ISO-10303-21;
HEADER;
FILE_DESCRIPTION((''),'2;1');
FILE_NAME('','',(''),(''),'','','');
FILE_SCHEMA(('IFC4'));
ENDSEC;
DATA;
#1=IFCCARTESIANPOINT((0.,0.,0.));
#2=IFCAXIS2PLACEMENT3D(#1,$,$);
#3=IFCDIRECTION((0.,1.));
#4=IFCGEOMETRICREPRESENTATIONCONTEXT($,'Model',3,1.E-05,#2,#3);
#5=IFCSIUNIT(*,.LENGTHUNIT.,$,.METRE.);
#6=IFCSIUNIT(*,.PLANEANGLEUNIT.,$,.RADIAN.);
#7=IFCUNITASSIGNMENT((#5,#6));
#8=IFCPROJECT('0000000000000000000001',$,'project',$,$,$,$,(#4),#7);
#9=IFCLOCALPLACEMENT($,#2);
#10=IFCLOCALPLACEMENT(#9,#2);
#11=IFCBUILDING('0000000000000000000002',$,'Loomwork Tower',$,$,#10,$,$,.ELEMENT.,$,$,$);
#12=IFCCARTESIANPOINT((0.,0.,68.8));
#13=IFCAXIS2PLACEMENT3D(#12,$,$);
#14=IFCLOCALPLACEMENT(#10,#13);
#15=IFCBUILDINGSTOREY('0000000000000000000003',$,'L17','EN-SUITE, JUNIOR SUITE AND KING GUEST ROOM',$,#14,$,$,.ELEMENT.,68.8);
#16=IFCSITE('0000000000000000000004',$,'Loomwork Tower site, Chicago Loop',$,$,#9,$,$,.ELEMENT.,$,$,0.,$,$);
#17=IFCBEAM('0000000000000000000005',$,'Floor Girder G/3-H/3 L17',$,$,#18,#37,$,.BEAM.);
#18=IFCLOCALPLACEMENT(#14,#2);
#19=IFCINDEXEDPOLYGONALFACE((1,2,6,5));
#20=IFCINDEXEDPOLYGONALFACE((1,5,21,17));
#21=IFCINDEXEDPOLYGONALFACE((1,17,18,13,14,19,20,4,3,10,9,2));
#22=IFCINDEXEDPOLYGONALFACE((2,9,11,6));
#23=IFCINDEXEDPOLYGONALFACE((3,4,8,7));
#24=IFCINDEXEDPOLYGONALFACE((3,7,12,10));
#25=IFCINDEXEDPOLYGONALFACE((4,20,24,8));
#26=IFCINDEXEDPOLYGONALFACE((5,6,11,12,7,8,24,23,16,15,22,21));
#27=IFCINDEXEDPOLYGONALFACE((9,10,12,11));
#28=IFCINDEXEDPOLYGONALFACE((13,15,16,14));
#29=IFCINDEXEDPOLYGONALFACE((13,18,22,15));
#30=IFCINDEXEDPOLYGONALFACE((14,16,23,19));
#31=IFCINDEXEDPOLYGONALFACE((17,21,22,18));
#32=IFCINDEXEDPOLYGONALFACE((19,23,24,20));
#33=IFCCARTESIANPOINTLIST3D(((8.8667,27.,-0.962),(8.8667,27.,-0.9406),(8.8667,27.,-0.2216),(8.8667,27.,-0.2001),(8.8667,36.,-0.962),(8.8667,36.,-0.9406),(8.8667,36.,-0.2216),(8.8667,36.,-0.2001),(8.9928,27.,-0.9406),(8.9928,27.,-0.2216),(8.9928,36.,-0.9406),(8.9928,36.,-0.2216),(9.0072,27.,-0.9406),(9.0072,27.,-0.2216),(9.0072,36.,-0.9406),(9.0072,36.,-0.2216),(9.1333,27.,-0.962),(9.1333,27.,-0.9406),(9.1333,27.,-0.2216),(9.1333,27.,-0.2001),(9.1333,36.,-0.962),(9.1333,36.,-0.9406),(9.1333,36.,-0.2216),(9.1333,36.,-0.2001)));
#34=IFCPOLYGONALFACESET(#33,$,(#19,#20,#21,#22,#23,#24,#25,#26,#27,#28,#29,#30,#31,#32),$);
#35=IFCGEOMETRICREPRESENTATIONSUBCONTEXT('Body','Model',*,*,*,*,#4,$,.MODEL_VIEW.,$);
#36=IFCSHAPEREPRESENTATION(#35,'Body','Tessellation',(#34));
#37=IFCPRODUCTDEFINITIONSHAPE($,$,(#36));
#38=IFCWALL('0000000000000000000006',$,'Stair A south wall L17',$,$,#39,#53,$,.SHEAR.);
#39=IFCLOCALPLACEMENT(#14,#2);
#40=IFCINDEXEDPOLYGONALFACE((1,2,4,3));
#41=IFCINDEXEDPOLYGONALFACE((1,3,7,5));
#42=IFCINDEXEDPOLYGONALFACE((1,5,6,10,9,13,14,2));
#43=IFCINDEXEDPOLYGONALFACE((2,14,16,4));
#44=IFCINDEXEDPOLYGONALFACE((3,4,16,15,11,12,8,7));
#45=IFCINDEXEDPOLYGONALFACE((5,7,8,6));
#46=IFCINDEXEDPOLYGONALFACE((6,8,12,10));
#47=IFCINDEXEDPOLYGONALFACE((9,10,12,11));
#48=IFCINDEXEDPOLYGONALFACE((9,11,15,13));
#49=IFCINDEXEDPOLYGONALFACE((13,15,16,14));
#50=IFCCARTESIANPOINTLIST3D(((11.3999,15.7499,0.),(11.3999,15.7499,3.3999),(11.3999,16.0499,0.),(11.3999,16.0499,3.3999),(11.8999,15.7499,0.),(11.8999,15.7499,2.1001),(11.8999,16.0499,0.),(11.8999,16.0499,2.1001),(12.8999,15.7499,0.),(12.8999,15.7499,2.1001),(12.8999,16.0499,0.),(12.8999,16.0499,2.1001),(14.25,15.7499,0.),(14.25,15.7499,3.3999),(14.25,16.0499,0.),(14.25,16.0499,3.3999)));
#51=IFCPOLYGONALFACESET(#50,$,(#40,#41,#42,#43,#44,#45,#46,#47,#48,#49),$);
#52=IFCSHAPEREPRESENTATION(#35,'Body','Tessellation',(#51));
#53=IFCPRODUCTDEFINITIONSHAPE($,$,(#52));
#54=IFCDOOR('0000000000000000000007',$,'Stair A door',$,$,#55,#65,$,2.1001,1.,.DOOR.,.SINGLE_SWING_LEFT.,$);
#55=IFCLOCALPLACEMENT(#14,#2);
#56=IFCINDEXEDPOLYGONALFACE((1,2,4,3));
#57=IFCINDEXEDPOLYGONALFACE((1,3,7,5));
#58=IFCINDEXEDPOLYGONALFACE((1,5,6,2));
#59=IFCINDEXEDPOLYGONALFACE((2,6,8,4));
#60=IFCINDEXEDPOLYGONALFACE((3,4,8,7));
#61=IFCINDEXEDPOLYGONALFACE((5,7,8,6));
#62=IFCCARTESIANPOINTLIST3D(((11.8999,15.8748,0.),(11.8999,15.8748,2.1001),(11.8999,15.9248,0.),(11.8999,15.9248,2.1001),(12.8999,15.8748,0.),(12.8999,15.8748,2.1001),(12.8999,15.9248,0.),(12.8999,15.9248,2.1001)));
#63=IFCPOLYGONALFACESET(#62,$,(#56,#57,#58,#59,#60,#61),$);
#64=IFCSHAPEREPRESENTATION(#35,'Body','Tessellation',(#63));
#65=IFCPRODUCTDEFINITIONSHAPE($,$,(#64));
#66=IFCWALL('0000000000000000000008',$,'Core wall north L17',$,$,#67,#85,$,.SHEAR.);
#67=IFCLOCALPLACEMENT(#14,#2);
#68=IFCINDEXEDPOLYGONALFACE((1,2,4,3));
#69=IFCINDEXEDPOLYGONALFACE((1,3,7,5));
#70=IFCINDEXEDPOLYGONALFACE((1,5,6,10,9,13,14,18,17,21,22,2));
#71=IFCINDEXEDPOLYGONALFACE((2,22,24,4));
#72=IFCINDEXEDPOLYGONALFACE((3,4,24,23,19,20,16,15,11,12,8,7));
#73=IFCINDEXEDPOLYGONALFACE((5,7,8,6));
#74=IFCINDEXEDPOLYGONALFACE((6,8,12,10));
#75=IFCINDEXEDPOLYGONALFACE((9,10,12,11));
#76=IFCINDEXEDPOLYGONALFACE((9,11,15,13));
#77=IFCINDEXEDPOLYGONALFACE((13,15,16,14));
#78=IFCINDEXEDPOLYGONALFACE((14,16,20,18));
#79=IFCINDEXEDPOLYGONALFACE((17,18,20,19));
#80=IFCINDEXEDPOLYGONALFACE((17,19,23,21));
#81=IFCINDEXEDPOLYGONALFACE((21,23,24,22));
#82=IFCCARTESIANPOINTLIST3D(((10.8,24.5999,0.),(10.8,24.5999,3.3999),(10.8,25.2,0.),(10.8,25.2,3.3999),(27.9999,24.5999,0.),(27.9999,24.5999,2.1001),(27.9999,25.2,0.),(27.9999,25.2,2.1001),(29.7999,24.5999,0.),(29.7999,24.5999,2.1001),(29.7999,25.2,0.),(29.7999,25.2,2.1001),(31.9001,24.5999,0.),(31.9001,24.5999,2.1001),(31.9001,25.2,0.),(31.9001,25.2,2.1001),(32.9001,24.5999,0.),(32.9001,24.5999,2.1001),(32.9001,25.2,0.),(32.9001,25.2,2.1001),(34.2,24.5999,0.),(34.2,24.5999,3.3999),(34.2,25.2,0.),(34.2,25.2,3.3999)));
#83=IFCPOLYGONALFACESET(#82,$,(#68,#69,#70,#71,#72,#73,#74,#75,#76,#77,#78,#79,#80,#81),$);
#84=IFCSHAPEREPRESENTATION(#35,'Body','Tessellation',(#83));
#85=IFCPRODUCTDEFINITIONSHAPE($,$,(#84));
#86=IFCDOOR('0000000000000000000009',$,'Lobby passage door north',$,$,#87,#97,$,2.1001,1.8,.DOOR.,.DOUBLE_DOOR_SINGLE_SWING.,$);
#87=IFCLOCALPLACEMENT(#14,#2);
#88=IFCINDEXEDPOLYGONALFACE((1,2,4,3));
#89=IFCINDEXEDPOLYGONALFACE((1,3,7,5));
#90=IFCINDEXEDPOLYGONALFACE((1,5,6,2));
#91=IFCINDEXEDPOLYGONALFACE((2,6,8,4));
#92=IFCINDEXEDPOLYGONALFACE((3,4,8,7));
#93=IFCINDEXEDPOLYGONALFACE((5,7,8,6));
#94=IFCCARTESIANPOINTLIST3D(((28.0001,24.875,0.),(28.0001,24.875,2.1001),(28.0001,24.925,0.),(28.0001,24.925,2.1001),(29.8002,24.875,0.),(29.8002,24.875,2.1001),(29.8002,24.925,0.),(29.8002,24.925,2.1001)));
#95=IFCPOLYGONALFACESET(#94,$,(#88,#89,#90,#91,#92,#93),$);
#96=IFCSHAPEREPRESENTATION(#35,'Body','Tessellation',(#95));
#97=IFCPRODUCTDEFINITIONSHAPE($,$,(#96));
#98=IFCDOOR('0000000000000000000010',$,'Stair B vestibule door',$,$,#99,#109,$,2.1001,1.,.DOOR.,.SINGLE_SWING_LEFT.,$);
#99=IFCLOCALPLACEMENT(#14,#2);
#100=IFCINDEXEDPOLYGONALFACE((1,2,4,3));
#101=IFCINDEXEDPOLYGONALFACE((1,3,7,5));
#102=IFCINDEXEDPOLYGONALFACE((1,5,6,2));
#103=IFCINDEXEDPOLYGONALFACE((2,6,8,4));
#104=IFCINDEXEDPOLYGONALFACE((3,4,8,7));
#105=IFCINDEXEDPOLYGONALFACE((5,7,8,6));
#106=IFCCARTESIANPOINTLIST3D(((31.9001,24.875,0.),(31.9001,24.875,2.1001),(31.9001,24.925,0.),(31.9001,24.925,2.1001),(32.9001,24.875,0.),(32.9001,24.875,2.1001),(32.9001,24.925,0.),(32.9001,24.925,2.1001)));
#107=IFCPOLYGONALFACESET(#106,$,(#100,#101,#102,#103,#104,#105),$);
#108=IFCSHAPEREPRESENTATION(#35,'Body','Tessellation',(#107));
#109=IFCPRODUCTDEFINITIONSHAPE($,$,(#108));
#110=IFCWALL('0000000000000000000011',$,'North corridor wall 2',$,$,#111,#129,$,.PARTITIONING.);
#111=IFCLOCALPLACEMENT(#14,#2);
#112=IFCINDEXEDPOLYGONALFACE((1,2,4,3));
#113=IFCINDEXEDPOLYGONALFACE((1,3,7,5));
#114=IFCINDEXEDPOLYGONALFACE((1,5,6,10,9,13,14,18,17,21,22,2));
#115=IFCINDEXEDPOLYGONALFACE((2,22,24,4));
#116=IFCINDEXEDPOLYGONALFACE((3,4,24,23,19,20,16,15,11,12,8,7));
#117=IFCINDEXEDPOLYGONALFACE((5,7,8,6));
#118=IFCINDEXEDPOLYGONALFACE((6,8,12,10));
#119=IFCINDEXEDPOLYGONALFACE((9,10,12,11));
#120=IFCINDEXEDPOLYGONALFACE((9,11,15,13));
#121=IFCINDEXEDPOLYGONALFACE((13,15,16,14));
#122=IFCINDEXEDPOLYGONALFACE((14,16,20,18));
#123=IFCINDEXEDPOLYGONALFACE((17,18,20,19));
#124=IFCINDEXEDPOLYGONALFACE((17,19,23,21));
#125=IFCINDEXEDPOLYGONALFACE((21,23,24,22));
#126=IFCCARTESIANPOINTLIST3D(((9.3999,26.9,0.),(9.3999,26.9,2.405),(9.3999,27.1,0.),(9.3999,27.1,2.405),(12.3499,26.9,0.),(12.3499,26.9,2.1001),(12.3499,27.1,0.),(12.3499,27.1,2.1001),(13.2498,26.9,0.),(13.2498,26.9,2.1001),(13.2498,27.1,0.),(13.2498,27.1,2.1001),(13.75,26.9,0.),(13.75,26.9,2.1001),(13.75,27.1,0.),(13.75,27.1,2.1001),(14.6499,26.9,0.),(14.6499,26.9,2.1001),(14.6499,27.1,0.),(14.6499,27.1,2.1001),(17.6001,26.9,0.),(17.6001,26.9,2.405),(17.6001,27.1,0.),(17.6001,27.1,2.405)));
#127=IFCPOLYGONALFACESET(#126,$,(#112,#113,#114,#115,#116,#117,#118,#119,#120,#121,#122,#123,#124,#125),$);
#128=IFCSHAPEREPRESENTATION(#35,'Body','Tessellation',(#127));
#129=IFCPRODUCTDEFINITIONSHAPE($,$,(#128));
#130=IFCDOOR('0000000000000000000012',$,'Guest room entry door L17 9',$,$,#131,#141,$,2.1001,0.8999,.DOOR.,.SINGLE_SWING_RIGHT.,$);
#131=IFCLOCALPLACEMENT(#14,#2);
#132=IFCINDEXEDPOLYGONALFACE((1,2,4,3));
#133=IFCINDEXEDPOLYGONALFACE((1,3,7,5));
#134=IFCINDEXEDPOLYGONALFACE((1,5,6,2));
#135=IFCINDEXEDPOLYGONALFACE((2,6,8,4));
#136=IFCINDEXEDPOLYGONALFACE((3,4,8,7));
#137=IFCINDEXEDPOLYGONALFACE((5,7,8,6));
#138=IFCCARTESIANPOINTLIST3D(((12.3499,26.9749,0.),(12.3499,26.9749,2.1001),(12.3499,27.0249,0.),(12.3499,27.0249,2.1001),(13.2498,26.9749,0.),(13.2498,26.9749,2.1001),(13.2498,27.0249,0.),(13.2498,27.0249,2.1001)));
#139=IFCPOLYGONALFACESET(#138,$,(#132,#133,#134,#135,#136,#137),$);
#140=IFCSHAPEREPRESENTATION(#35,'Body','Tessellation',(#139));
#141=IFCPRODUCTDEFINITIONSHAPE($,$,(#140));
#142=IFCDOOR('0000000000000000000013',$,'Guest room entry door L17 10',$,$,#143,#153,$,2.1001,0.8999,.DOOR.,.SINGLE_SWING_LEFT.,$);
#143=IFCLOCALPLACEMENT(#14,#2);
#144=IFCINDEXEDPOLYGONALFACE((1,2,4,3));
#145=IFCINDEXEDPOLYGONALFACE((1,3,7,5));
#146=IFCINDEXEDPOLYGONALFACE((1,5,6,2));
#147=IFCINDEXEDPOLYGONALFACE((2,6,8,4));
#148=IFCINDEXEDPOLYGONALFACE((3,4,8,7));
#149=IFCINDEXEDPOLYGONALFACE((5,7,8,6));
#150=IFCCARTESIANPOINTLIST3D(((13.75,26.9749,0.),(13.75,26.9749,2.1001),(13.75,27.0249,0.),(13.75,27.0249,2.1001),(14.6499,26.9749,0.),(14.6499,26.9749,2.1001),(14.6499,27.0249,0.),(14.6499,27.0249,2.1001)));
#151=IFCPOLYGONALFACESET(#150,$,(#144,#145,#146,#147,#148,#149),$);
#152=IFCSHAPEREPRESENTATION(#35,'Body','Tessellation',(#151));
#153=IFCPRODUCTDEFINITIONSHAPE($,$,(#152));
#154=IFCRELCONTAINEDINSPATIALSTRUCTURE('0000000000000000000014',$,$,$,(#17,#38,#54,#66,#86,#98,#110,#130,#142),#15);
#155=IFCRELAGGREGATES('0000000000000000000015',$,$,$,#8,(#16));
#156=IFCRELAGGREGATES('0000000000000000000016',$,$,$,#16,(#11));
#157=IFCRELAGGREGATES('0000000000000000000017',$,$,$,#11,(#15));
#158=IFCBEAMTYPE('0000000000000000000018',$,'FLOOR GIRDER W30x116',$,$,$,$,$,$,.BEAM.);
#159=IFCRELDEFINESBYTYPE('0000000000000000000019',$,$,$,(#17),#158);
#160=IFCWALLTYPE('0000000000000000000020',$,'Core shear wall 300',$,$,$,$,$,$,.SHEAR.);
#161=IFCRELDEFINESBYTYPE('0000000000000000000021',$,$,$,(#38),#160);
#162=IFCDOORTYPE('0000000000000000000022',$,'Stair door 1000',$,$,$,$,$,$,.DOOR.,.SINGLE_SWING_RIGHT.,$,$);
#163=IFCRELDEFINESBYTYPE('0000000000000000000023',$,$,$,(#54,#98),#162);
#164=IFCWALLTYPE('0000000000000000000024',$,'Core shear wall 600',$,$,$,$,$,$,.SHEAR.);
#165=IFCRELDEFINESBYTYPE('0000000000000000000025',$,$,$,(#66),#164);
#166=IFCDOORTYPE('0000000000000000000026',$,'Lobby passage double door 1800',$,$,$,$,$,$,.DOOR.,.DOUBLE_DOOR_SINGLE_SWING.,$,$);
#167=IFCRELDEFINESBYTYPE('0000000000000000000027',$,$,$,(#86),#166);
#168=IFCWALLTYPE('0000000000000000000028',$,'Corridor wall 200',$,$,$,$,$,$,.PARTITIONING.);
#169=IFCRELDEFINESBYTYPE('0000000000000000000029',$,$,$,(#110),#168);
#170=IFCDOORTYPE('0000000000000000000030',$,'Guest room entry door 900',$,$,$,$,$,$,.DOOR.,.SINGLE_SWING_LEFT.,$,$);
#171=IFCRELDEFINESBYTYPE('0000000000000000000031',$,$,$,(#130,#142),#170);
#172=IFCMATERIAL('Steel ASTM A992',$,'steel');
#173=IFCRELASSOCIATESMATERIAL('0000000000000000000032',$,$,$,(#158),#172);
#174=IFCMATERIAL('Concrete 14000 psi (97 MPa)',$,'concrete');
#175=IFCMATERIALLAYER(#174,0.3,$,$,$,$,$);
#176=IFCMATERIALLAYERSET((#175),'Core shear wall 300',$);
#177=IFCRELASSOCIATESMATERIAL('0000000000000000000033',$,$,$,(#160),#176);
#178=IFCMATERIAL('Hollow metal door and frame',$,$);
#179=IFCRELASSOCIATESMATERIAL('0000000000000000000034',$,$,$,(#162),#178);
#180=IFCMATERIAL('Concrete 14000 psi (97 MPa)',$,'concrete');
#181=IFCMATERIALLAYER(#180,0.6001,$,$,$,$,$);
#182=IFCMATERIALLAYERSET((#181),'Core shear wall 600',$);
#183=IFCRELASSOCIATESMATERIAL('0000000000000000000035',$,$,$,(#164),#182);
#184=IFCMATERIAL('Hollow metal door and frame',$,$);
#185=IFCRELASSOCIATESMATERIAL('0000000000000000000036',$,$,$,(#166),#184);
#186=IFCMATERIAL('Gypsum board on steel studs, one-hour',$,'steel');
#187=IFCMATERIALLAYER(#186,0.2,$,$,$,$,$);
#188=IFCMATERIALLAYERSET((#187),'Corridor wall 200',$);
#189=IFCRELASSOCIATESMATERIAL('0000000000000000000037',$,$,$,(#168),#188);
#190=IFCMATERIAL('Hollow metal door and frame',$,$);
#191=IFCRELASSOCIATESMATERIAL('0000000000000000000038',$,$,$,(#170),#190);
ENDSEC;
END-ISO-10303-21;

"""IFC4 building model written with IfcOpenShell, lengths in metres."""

from ifc_helpers import new_model, si_unit, direction, frame, frame_2d, origin, origin_2d, place, context, subcontext, project, spatial, rectangle, i_section, extrude, material, layer, layer_set, material_profile, profile_set, type_object, element, fill, save


model = new_model("IFC4")

# Units and contexts
model_context = context("Model", 3, precision=1e-05, world=origin(), true_north=direction((0.0, 1.0)))
body_context = subcontext(model_context, "Body", "Model", "MODEL_VIEW")
ifc_project = project(units=[si_unit("LENGTHUNIT", "METRE"), si_unit("PLANEANGLEUNIT", "RADIAN")], contexts=[model_context])

# Site, building, storey
site_placement = place(None, origin())
site = spatial("IfcSite", under=ifc_project, at=site_placement, Name="Loomwork Tower site, Chicago Loop", CompositionType="ELEMENT", RefElevation=0.0)
building_placement = place(site_placement, origin())
building = spatial("IfcBuilding", under=site, at=building_placement, Name="Loomwork Tower", CompositionType="ELEMENT")
storey_placement = place(building_placement, frame((0.0, 0.0, 68.8)))
storey = spatial("IfcBuildingStorey", under=building, at=storey_placement, Name="L17", Description="EN-SUITE, JUNIOR SUITE AND KING GUEST ROOM", CompositionType="ELEMENT", Elevation=68.8)

# Beam
ifc_material_1 = material(Name="Steel ASTM A992", Category="steel")
ifc_material_profile = material_profile(ifc_material_1, i_section(OverallWidth=0.2666, OverallDepth=0.762, WebThickness=0.0144, FlangeThickness=0.0215, at=origin_2d()), Name="W30x116")
ifc_profile_set = profile_set([ifc_material_profile], Name="Steel ASTM A992")
beam_type = type_object("IfcBeamType", Name="FLOOR GIRDER W30x116", PredefinedType="BEAM", material=ifc_profile_set)
beam_placement = place(storey_placement, frame((9.0, 27.0, -0.5811), z_axis=(0.0, 1.0, 0.0), x_axis=(-1.0, 0.0, 0.0)))
element("IfcBeam", 1, at=beam_placement, inside=storey, type_object=beam_type, Name="Floor Girder G/3-H/3 L17", PredefinedType="BEAM", context=body_context, shape_type="SweptSolid", body=[
    extrude(i_section(OverallWidth=0.2666, OverallDepth=0.762, WebThickness=0.0144, FlangeThickness=0.0215, at=origin_2d()), origin(), (0.0, 0.0, 1.0), 9.0),
])

# Wall, opening, door
ifc_material_2 = material(Name="Concrete 14000 psi (97 MPa)", Category="concrete")
ifc_layer_1 = layer(ifc_material_2, 0.3)
ifc_layer_set_1 = layer_set([ifc_layer_1], Name="Core shear wall 300")
wall_type_1 = type_object("IfcWallType", Name="Core shear wall 300", PredefinedType="SHEAR", material=ifc_layer_set_1)
wall_1_placement = place(storey_placement, frame((11.3999, 15.8999, 0.0), z_axis=(0.0, 0.0, 1.0), x_axis=(1.0, 0.0, 0.0)))
wall_1 = element("IfcWall", 2, at=wall_1_placement, inside=storey, type_object=wall_type_1, Name="Stair A south wall L17", PredefinedType="SHEAR", context=body_context, shape_type="SweptSolid", body=[
    extrude(rectangle(XDim=2.8501, YDim=0.3, at=frame_2d((1.425, 0.0))), origin(), (0.0, 0.0, 1.0), 3.3999),
])
opening_1_placement = place(wall_1_placement, frame((0.5, 0.0, 0.0)))
opening_1 = element("IfcOpeningElement", 3, at=opening_1_placement, cuts=wall_1, PredefinedType="OPENING", context=body_context, shape_type="SweptSolid", body=[
    extrude(rectangle(XDim=1.0, YDim=2.1001, at=frame_2d((0.5, 1.05))), frame((0.0, 0.1599, 0.0), z_axis=(0.0, -1.0, 0.0), x_axis=(1.0, 0.0, 0.0)), (0.0, 0.0, 1.0), 0.3201),
])
ifc_material_3 = material(Name="Hollow metal door and frame")
door_type_1 = type_object("IfcDoorType", Name="Stair door 1000", OperationType="SINGLE_SWING_RIGHT", PredefinedType="DOOR", material=ifc_material_3)
door_1_placement = place(opening_1_placement, origin())
door_1 = element("IfcDoor", 4, at=door_1_placement, inside=storey, type_object=door_type_1, Name="Stair A door", OperationType="SINGLE_SWING_LEFT", OverallHeight=2.1001, OverallWidth=1.0, PredefinedType="DOOR", context=body_context, shape_type="SweptSolid", body=[
    extrude(rectangle(XDim=1.0, YDim=2.1001, at=frame_2d((0.5, 1.05))), frame((0.0, 0.0249, 0.0), z_axis=(0.0, -1.0, 0.0), x_axis=(1.0, 0.0, 0.0)), (0.0, 0.0, 1.0), 0.05),
])
fill(opening_1, door_1)

# Walls, openings, doors
ifc_material_4 = material(Name="Concrete 14000 psi (97 MPa)", Category="concrete")
ifc_layer_2 = layer(ifc_material_4, 0.6001)
ifc_layer_set_2 = layer_set([ifc_layer_2], Name="Core shear wall 600")
wall_type_2 = type_object("IfcWallType", Name="Core shear wall 600", PredefinedType="SHEAR", material=ifc_layer_set_2)
wall_2_placement = place(storey_placement, frame((10.8, 24.8999, 0.0), z_axis=(0.0, 0.0, 1.0), x_axis=(1.0, 0.0, 0.0)))
wall_2 = element("IfcWall", 5, at=wall_2_placement, inside=storey, type_object=wall_type_2, Name="Core wall north L17", PredefinedType="SHEAR", context=body_context, shape_type="SweptSolid", body=[
    extrude(rectangle(XDim=23.3999, YDim=0.6001, at=frame_2d((11.7, 0.0))), origin(), (0.0, 0.0, 1.0), 3.3999),
])
opening_2_placement = place(wall_2_placement, frame((17.2, 0.0, 0.0)))
opening_2 = element("IfcOpeningElement", 6, at=opening_2_placement, cuts=wall_2, PredefinedType="OPENING", context=body_context, shape_type="SweptSolid", body=[
    extrude(rectangle(XDim=1.8, YDim=2.1001, at=frame_2d((0.8999, 1.05))), frame((0.0, 0.3101, 0.0), z_axis=(0.0, -1.0, 0.0), x_axis=(1.0, 0.0, 0.0)), (0.0, 0.0, 1.0), 0.6201),
])
opening_3_placement = place(wall_2_placement, frame((21.1001, 0.0, 0.0)))
opening_3 = element("IfcOpeningElement", 7, at=opening_3_placement, cuts=wall_2, PredefinedType="OPENING", context=body_context, shape_type="SweptSolid", body=[
    extrude(rectangle(XDim=1.0, YDim=2.1001, at=frame_2d((0.5, 1.05))), frame((0.0, 0.3101, 0.0), z_axis=(0.0, -1.0, 0.0), x_axis=(1.0, 0.0, 0.0)), (0.0, 0.0, 1.0), 0.6201),
])
ifc_material_5 = material(Name="Hollow metal door and frame")
door_type_2 = type_object("IfcDoorType", Name="Lobby passage double door 1800", OperationType="DOUBLE_DOOR_SINGLE_SWING", PredefinedType="DOOR", material=ifc_material_5)
door_2_placement = place(opening_2_placement, frame((1.8, 0.0, 0.0), z_axis=(0.0, 0.0, 1.0), x_axis=(-1.0, 0.0, 0.0)))
door_2 = element("IfcDoor", 8, at=door_2_placement, inside=storey, type_object=door_type_2, Name="Lobby passage door north", OperationType="DOUBLE_DOOR_SINGLE_SWING", OverallHeight=2.1001, OverallWidth=1.8, PredefinedType="DOOR", context=body_context, shape_type="SweptSolid", body=[
    extrude(rectangle(XDim=1.8, YDim=2.1001, at=frame_2d((0.8999, 1.05))), frame((0.0, 0.0249, 0.0), z_axis=(0.0, -1.0, 0.0), x_axis=(1.0, 0.0, 0.0)), (0.0, 0.0, 1.0), 0.05),
])
fill(opening_2, door_2)
door_3_placement = place(opening_3_placement, frame((1.0, 0.0, 0.0), z_axis=(0.0, 0.0, 1.0), x_axis=(-1.0, 0.0, 0.0)))
door_3 = element("IfcDoor", 9, at=door_3_placement, inside=storey, type_object=door_type_1, Name="Stair B vestibule door", OperationType="SINGLE_SWING_LEFT", OverallHeight=2.1001, OverallWidth=1.0, PredefinedType="DOOR", context=body_context, shape_type="SweptSolid", body=[
    extrude(rectangle(XDim=1.0, YDim=2.1001, at=frame_2d((0.5, 1.05))), frame((0.0, 0.0249, 0.0), z_axis=(0.0, -1.0, 0.0), x_axis=(1.0, 0.0, 0.0)), (0.0, 0.0, 1.0), 0.05),
])
fill(opening_3, door_3)
ifc_material_6 = material(Name="Gypsum board on steel studs, one-hour", Category="steel")
ifc_layer_3 = layer(ifc_material_6, 0.2)
ifc_layer_set_3 = layer_set([ifc_layer_3], Name="Corridor wall 200")
wall_type_3 = type_object("IfcWallType", Name="Corridor wall 200", PredefinedType="PARTITIONING", material=ifc_layer_set_3)
wall_3_placement = place(storey_placement, frame((9.3999, 27.0, 0.0), z_axis=(0.0, 0.0, 1.0), x_axis=(1.0, 0.0, 0.0)))
wall_3 = element("IfcWall", 10, at=wall_3_placement, inside=storey, type_object=wall_type_3, Name="North corridor wall 2", PredefinedType="PARTITIONING", context=body_context, shape_type="SweptSolid", body=[
    extrude(rectangle(XDim=8.2002, YDim=0.2, at=frame_2d((4.1001, 0.0))), origin(), (0.0, 0.0, 1.0), 2.405),
])
opening_4_placement = place(wall_3_placement, frame((2.95, 0.0, 0.0)))
opening_4 = element("IfcOpeningElement", 11, at=opening_4_placement, cuts=wall_3, PredefinedType="OPENING", context=body_context, shape_type="SweptSolid", body=[
    extrude(rectangle(XDim=0.8999, YDim=2.1001, at=frame_2d((0.45, 1.05))), frame((0.0, 0.1099, 0.0), z_axis=(0.0, -1.0, 0.0), x_axis=(1.0, 0.0, 0.0)), (0.0, 0.0, 1.0), 0.22),
])
opening_5_placement = place(wall_3_placement, frame((4.3501, 0.0, 0.0)))
opening_5 = element("IfcOpeningElement", 12, at=opening_5_placement, cuts=wall_3, PredefinedType="OPENING", context=body_context, shape_type="SweptSolid", body=[
    extrude(rectangle(XDim=0.8999, YDim=2.1001, at=frame_2d((0.45, 1.05))), frame((0.0, 0.1099, 0.0), z_axis=(0.0, -1.0, 0.0), x_axis=(1.0, 0.0, 0.0)), (0.0, 0.0, 1.0), 0.22),
])
ifc_material_7 = material(Name="Hollow metal door and frame")
door_type_3 = type_object("IfcDoorType", Name="Guest room entry door 900", OperationType="SINGLE_SWING_LEFT", PredefinedType="DOOR", material=ifc_material_7)
door_4_placement = place(opening_4_placement, origin())
door_4 = element("IfcDoor", 13, at=door_4_placement, inside=storey, type_object=door_type_3, Name="Guest room entry door L17 9", OperationType="SINGLE_SWING_RIGHT", OverallHeight=2.1001, OverallWidth=0.8999, PredefinedType="DOOR", context=body_context, shape_type="SweptSolid", body=[
    extrude(rectangle(XDim=0.8999, YDim=2.1001, at=frame_2d((0.45, 1.05))), frame((0.0, 0.0249, 0.0), z_axis=(0.0, -1.0, 0.0), x_axis=(1.0, 0.0, 0.0)), (0.0, 0.0, 1.0), 0.05),
])
fill(opening_4, door_4)
door_5_placement = place(opening_5_placement, origin())
door_5 = element("IfcDoor", 14, at=door_5_placement, inside=storey, type_object=door_type_3, Name="Guest room entry door L17 10", OperationType="SINGLE_SWING_LEFT", OverallHeight=2.1001, OverallWidth=0.8999, PredefinedType="DOOR", context=body_context, shape_type="SweptSolid", body=[
    extrude(rectangle(XDim=0.8999, YDim=2.1001, at=frame_2d((0.45, 1.05))), frame((0.0, 0.0249, 0.0), z_axis=(0.0, -1.0, 0.0), x_axis=(1.0, 0.0, 0.0)), (0.0, 0.0, 1.0), 0.05),
])
fill(opening_5, door_5)

save(model, "model.ifc")
